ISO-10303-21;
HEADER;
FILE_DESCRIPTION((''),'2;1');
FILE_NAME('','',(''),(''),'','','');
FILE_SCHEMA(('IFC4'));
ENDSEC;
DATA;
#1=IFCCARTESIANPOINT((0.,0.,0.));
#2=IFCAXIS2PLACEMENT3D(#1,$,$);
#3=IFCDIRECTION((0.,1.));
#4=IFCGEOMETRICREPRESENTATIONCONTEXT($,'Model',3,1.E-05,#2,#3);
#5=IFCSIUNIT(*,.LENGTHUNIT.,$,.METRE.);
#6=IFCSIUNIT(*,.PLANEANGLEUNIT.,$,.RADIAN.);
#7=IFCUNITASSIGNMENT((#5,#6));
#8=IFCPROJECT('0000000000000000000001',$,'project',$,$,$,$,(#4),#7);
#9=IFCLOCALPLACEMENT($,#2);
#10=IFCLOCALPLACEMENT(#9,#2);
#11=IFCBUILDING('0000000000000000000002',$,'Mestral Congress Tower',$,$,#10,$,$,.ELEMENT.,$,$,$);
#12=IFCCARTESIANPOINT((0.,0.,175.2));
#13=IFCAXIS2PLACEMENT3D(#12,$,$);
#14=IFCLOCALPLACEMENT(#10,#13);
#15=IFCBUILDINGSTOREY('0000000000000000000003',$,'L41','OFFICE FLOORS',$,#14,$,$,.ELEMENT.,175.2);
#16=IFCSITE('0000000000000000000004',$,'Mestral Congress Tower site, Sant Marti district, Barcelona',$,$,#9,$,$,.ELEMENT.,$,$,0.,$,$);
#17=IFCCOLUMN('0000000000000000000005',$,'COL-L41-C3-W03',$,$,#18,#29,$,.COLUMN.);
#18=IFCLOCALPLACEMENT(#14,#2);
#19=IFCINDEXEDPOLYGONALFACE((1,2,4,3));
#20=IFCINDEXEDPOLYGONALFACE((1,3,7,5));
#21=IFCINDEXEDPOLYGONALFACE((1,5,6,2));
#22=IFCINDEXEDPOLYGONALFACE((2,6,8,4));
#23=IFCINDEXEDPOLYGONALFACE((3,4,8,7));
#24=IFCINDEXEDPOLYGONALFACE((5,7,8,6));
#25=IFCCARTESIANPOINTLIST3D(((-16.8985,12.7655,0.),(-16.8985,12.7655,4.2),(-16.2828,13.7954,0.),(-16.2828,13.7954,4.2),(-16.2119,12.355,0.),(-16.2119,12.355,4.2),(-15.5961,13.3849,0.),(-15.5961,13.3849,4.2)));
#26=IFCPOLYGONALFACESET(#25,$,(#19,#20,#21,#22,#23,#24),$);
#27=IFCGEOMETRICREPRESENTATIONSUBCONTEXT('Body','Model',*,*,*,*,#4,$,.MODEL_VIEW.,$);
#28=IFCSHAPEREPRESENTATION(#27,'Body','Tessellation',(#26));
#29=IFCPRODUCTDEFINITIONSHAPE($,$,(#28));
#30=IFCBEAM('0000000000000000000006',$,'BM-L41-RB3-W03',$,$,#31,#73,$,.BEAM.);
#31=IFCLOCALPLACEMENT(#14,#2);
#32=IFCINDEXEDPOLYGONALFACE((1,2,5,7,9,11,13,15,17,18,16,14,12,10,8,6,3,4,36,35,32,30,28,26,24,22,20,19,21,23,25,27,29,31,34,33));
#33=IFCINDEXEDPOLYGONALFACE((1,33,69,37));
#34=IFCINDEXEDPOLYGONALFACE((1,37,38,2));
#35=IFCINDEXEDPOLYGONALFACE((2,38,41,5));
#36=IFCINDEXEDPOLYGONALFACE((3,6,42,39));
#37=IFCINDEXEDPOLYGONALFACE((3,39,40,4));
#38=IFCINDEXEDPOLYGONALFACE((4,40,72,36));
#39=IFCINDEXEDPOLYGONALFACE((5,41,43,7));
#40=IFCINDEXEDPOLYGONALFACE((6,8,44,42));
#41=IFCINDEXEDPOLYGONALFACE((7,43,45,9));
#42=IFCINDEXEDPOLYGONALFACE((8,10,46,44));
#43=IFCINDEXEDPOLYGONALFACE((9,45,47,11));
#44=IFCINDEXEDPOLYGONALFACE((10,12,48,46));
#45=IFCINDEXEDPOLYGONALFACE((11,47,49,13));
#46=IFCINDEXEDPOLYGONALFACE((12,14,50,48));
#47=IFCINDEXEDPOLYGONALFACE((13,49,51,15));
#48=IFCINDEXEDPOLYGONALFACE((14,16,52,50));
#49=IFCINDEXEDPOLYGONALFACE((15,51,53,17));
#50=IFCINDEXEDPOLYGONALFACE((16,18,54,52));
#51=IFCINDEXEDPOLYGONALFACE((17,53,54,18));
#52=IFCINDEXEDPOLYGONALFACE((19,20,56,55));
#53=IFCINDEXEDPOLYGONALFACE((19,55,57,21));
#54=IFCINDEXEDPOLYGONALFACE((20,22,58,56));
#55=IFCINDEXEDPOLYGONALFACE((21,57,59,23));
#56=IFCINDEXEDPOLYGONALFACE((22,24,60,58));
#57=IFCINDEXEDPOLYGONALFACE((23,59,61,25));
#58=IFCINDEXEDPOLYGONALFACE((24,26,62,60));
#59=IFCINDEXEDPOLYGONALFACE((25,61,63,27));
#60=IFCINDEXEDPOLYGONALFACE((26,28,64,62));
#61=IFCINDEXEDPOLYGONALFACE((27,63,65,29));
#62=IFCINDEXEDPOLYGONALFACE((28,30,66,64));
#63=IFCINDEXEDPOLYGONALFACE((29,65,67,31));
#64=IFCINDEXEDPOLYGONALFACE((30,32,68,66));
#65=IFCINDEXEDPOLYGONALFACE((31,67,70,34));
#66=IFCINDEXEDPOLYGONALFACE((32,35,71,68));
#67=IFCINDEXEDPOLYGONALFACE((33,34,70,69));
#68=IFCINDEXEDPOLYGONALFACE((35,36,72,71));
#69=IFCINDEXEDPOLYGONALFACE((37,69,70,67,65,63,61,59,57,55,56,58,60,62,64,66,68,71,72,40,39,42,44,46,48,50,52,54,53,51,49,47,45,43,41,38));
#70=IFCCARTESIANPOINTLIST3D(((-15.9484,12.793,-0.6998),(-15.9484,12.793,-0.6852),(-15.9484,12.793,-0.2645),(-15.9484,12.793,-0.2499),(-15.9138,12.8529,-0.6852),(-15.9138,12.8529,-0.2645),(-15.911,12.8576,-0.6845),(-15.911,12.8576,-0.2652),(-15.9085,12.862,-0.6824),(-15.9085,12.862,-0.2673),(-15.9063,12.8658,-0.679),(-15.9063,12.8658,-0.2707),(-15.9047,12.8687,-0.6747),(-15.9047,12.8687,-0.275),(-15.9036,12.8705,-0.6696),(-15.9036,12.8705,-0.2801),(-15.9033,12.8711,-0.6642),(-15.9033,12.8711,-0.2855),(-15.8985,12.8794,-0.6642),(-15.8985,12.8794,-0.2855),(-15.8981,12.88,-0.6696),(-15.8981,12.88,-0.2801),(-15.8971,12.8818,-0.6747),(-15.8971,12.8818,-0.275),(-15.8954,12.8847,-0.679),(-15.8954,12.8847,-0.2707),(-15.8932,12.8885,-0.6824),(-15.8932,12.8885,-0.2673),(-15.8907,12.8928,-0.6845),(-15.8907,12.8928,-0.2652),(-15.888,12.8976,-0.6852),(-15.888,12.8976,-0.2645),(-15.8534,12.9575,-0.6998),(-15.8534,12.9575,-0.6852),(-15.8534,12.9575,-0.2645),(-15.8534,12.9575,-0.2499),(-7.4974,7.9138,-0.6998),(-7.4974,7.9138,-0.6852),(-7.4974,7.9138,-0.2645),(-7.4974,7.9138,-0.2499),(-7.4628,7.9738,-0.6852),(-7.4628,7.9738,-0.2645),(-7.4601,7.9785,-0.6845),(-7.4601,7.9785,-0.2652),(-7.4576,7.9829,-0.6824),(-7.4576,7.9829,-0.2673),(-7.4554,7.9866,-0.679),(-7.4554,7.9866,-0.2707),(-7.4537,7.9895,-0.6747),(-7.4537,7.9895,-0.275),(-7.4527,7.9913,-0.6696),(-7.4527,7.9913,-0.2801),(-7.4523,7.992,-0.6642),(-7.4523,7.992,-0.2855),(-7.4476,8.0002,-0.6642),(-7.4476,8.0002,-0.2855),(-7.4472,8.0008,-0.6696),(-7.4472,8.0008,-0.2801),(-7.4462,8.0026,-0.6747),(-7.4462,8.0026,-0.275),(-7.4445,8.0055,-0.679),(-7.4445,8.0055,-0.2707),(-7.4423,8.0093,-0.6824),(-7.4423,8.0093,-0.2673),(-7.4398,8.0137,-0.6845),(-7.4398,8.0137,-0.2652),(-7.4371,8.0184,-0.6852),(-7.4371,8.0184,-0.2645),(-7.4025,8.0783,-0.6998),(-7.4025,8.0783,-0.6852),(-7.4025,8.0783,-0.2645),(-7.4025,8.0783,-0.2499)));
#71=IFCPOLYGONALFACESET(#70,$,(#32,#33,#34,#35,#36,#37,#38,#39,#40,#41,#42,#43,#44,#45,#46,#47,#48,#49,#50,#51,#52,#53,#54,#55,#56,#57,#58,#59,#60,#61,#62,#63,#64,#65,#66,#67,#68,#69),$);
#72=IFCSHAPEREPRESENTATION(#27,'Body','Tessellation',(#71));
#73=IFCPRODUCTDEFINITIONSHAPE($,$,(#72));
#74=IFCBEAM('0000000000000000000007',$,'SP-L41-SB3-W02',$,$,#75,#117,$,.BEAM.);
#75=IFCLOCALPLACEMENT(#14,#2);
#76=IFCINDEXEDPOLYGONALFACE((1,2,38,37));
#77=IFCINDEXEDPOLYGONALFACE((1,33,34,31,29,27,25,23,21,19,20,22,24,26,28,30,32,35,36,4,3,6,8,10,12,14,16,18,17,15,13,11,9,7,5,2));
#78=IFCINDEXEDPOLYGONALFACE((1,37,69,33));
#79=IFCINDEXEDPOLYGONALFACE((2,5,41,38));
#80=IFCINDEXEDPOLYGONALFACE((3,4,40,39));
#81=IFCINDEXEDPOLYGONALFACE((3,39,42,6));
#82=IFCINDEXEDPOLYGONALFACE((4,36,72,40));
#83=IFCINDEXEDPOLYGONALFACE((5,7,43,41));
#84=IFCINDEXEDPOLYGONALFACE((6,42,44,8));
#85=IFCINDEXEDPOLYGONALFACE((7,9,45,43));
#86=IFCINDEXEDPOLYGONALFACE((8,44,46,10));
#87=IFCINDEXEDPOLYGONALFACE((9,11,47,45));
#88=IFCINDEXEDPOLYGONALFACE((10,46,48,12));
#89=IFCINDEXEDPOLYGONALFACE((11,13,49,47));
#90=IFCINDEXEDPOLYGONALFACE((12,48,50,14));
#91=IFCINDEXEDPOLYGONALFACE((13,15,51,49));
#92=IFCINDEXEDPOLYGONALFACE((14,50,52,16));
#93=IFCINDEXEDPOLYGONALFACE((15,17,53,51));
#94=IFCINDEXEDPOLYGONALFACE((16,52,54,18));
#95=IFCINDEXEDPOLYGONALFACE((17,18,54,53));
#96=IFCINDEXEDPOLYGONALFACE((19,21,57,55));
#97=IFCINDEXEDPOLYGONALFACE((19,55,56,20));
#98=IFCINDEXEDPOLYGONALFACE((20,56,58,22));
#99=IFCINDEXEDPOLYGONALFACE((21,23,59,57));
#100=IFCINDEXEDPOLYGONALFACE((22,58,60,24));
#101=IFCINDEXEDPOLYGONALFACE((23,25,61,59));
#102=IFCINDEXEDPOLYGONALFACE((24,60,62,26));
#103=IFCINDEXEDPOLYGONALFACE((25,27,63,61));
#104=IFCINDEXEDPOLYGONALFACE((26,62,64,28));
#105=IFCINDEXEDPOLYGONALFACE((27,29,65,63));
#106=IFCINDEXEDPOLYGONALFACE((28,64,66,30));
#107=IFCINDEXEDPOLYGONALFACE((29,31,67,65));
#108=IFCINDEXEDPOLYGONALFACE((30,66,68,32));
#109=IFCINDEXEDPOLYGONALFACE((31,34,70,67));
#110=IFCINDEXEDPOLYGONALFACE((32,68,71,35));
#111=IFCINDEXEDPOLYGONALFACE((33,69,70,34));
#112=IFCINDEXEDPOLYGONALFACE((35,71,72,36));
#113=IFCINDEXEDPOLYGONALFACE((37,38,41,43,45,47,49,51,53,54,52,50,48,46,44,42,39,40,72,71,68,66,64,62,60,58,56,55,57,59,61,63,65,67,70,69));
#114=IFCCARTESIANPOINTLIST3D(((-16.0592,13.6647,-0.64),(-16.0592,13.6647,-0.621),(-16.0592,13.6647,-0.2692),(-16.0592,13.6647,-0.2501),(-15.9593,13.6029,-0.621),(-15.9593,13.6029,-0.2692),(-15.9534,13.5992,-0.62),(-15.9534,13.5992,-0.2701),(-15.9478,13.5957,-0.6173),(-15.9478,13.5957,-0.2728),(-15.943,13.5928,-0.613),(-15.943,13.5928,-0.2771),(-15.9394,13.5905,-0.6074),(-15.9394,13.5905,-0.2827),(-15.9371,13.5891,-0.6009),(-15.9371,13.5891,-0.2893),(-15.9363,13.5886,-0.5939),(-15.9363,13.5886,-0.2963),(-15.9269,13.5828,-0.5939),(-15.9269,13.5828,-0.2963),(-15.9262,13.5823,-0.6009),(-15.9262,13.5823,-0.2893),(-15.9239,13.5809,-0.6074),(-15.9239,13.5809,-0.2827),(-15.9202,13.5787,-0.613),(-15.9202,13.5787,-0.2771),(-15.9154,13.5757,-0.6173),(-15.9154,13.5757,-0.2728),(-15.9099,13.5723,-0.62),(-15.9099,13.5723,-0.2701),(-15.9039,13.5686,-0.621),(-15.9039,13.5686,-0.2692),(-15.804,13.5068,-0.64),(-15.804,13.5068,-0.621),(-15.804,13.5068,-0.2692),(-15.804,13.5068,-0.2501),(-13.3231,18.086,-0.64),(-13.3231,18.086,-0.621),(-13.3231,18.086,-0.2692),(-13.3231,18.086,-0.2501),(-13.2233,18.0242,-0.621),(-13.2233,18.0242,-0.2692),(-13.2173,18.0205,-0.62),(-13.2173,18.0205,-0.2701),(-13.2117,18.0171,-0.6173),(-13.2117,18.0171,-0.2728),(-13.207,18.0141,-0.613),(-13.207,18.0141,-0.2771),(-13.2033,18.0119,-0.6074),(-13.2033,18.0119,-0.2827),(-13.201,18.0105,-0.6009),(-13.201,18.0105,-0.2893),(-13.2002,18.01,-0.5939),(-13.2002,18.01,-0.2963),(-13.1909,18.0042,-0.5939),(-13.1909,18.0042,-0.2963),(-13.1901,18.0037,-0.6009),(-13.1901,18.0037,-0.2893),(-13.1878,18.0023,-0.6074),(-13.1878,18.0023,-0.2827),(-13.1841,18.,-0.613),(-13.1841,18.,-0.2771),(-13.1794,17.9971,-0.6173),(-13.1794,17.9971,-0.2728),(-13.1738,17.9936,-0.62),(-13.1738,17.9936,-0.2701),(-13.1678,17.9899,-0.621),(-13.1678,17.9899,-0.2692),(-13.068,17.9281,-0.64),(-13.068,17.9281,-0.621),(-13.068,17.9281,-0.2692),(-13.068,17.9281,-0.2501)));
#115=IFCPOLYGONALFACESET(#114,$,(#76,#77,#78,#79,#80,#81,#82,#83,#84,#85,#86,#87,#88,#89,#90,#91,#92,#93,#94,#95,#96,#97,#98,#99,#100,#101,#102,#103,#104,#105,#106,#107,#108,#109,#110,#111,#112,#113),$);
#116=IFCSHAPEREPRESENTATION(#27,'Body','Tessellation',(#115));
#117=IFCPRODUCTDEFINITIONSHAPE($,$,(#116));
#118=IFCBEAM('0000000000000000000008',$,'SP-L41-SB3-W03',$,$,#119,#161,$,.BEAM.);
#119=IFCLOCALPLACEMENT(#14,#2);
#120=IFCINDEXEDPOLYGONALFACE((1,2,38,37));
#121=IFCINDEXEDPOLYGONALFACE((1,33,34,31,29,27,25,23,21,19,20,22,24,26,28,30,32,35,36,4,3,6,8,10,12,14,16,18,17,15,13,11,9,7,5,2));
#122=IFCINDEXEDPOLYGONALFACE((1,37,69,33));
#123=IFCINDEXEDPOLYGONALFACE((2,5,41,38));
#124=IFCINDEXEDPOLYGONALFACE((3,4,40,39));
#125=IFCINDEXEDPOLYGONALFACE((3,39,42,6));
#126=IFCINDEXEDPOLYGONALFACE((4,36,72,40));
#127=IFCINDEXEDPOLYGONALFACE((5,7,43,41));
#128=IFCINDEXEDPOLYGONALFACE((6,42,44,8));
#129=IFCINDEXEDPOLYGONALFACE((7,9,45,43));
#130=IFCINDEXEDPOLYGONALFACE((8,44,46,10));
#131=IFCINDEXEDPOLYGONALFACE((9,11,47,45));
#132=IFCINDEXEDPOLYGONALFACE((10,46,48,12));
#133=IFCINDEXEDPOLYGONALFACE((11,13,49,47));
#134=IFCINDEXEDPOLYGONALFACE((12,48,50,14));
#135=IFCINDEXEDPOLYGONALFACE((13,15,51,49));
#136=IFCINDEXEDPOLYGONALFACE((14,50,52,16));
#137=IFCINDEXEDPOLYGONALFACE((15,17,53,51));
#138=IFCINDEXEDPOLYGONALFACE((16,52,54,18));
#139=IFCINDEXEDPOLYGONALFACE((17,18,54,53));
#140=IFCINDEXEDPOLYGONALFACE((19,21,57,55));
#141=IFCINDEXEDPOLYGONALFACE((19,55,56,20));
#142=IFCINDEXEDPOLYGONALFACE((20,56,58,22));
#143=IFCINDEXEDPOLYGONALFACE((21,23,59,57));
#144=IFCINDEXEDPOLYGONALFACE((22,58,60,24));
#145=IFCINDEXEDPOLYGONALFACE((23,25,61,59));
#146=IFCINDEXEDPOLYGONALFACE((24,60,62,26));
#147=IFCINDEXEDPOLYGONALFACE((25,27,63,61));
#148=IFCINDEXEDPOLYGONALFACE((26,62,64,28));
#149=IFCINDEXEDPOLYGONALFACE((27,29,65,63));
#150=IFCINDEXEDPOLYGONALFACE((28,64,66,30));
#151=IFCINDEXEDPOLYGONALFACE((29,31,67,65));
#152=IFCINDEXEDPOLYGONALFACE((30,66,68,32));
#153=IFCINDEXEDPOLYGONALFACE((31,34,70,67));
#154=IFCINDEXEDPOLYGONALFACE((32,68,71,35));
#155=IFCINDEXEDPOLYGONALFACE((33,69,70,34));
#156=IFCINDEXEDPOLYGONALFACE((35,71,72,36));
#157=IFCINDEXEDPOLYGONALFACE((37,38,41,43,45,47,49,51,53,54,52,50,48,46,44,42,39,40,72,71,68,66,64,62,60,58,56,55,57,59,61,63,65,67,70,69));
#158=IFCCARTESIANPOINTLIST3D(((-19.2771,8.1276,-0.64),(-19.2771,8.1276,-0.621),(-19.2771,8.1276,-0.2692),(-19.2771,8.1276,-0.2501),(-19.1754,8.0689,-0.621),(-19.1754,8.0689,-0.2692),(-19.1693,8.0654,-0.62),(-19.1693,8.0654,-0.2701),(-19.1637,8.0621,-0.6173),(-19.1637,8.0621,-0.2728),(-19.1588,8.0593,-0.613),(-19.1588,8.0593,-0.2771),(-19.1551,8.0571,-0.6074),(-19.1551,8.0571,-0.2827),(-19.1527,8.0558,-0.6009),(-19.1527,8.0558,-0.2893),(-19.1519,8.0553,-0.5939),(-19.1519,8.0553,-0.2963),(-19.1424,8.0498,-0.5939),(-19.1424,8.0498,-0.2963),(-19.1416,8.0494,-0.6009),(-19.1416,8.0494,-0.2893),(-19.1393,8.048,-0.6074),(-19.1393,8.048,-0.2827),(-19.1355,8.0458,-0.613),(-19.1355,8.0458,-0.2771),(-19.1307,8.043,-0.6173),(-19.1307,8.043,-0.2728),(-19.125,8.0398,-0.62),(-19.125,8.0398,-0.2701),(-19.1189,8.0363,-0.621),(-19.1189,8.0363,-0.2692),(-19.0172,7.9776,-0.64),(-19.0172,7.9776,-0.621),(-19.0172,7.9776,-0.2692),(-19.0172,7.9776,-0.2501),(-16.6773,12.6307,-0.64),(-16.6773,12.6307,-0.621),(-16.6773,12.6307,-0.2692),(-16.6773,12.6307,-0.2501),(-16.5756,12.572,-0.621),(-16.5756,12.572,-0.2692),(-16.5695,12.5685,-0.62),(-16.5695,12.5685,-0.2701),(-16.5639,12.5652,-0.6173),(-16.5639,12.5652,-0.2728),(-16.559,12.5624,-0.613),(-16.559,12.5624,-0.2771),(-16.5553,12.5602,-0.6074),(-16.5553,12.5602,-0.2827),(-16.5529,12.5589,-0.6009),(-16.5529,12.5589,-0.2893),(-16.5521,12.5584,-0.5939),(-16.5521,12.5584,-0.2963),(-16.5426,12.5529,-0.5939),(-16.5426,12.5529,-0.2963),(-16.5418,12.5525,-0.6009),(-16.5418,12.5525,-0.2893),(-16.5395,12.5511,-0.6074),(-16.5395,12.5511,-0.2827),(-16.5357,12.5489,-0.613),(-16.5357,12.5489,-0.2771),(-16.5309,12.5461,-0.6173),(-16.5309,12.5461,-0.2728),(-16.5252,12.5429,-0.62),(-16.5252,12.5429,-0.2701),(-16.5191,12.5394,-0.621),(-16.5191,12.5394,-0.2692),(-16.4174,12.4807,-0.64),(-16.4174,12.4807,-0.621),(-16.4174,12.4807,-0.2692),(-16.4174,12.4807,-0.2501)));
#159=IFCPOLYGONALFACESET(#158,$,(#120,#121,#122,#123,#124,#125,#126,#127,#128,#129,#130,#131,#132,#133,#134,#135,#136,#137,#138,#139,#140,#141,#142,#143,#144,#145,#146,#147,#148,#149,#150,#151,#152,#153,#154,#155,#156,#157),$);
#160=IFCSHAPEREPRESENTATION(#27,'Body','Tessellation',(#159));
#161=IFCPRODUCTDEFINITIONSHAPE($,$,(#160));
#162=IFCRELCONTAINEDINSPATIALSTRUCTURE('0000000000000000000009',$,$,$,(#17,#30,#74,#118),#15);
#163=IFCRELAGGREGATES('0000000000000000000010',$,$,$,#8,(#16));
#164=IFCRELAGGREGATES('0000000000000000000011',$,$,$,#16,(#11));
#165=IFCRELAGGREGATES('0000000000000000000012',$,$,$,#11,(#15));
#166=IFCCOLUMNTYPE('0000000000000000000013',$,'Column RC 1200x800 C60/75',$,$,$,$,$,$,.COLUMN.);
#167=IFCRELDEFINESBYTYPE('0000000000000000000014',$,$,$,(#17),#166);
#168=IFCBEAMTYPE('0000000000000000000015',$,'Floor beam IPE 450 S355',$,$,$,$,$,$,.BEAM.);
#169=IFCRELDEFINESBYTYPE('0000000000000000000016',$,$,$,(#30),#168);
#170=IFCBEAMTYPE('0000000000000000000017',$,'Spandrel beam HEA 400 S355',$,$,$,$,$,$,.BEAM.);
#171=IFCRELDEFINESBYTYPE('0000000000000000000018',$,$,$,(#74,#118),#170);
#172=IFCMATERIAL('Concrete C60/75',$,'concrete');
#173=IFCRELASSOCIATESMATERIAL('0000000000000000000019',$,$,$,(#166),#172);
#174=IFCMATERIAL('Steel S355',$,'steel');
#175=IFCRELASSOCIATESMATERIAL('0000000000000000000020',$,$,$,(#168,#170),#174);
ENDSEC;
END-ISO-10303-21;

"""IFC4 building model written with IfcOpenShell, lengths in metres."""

from ifc_helpers import new_model, si_unit, direction, frame, origin, origin_2d, place, context, subcontext, project, spatial, rectangle, i_section, extrude, material, material_profile, profile_set, type_object, element, save


model = new_model("IFC4")

# Units and contexts
model_context = context("Model", 3, precision=1e-05, world=origin(), true_north=direction((0.0, 1.0)))
body_context = subcontext(model_context, "Body", "Model", "MODEL_VIEW")
ifc_project = project(units=[si_unit("LENGTHUNIT", "METRE"), si_unit("PLANEANGLEUNIT", "RADIAN")], contexts=[model_context])

# Site, building, storey
site_placement = place(None, origin())
site = spatial("IfcSite", under=ifc_project, at=site_placement, Name="Mestral Congress Tower site, Sant Marti district, Barcelona", CompositionType="ELEMENT", RefElevation=0.0)
building_placement = place(site_placement, origin())
building = spatial("IfcBuilding", under=site, at=building_placement, Name="Mestral Congress Tower", CompositionType="ELEMENT")
storey_placement = place(building_placement, frame((0.0, 0.0, 175.2)))
storey = spatial("IfcBuildingStorey", under=building, at=storey_placement, Name="L41", Description="OFFICE FLOORS", CompositionType="ELEMENT", Elevation=175.2)

# Column
ifc_material_1 = material(Name="Concrete C60/75", Category="concrete")
ifc_material_profile_1 = material_profile(ifc_material_1, rectangle(XDim=1.2, YDim=0.8, at=origin_2d()), Name="RC 1200x800")
ifc_profile_set_1 = profile_set([ifc_material_profile_1], Name="Concrete C60/75")
column_type = type_object("IfcColumnType", Name="Column RC 1200x800 C60/75", PredefinedType="COLUMN", material=ifc_profile_set_1)
column_placement = place(storey_placement, frame((-16.2473, 13.0752, 0.0), z_axis=(0.0, 0.0, 1.0), x_axis=(-0.513159, -0.858293, 0.0)))
element("IfcColumn", 1, at=column_placement, inside=storey, type_object=column_type, Name="COL-L41-C3-W03", PredefinedType="COLUMN", context=body_context, shape_type="SweptSolid", body=[
    extrude(rectangle(XDim=1.2, YDim=0.8, at=origin_2d()), origin(), (0.0, 0.0, 1.0), 4.2),
])

# Beams
ifc_material_2 = material(Name="Steel S355", Category="steel")
ifc_material_profile_2 = material_profile(ifc_material_2, i_section(OverallWidth=0.1899, OverallDepth=0.45, WebThickness=0.0095, FlangeThickness=0.0146, FilletRadius=0.021, at=origin_2d()), Name="IPE 450")
ifc_profile_set_2 = profile_set([ifc_material_profile_2], Name="Steel S355")
beam_type_1 = type_object("IfcBeamType", Name="Floor beam IPE 450 S355", PredefinedType="BEAM", material=ifc_profile_set_2)
beam_1_placement = place(storey_placement, frame((-15.9009, 12.8752, -0.4749), z_axis=(0.866025, -0.5, 0.0), x_axis=(0.5, 0.866025, 0.0)))
element("IfcBeam", 2, at=beam_1_placement, inside=storey, type_object=beam_type_1, Name="BM-L41-RB3-W03", PredefinedType="BEAM", context=body_context, shape_type="SweptSolid", body=[
    extrude(i_section(OverallWidth=0.1899, OverallDepth=0.45, WebThickness=0.0095, FlangeThickness=0.0146, FilletRadius=0.021, at=origin_2d()), origin(), (0.0, 0.0, 1.0), 9.7583),
])
ifc_material_profile_3 = material_profile(ifc_material_2, i_section(OverallWidth=0.3, OverallDepth=0.3899, WebThickness=0.011, FlangeThickness=0.019, FilletRadius=0.0271, at=origin_2d()), Name="HEA 400")
ifc_profile_set_3 = profile_set([ifc_material_profile_3], Name="Steel S355")
beam_type_2 = type_object("IfcBeamType", Name="Spandrel beam HEA 400 S355", PredefinedType="BEAM", material=ifc_profile_set_3)
beam_2_placement = place(storey_placement, frame((-13.1956, 18.0071, -0.4451), z_axis=(-0.52622, -0.850348, 0.0), x_axis=(0.850348, -0.52622, 0.0)))
element("IfcBeam", 3, at=beam_2_placement, inside=storey, type_object=beam_type_2, Name="SP-L41-SB3-W02", PredefinedType="BEAM", context=body_context, shape_type="SweptSolid", body=[
    extrude(i_section(OverallWidth=0.3, OverallDepth=0.3899, WebThickness=0.011, FlangeThickness=0.019, FilletRadius=0.0271, at=origin_2d()), origin(), (0.0, 0.0, 1.0), 5.1995),
])
beam_3_placement = place(storey_placement, frame((-16.5474, 12.5557, -0.4451), z_axis=(-0.499992, -0.86603, 0.0), x_axis=(0.86603, -0.499992, 0.0)))
element("IfcBeam", 4, at=beam_3_placement, inside=storey, type_object=beam_type_2, Name="SP-L41-SB3-W03", PredefinedType="BEAM", context=body_context, shape_type="SweptSolid", body=[
    extrude(i_section(OverallWidth=0.3, OverallDepth=0.3899, WebThickness=0.011, FlangeThickness=0.019, FilletRadius=0.0271, at=origin_2d()), origin(), (0.0, 0.0, 1.0), 5.1997),
])

save(model, "model.ifc")
